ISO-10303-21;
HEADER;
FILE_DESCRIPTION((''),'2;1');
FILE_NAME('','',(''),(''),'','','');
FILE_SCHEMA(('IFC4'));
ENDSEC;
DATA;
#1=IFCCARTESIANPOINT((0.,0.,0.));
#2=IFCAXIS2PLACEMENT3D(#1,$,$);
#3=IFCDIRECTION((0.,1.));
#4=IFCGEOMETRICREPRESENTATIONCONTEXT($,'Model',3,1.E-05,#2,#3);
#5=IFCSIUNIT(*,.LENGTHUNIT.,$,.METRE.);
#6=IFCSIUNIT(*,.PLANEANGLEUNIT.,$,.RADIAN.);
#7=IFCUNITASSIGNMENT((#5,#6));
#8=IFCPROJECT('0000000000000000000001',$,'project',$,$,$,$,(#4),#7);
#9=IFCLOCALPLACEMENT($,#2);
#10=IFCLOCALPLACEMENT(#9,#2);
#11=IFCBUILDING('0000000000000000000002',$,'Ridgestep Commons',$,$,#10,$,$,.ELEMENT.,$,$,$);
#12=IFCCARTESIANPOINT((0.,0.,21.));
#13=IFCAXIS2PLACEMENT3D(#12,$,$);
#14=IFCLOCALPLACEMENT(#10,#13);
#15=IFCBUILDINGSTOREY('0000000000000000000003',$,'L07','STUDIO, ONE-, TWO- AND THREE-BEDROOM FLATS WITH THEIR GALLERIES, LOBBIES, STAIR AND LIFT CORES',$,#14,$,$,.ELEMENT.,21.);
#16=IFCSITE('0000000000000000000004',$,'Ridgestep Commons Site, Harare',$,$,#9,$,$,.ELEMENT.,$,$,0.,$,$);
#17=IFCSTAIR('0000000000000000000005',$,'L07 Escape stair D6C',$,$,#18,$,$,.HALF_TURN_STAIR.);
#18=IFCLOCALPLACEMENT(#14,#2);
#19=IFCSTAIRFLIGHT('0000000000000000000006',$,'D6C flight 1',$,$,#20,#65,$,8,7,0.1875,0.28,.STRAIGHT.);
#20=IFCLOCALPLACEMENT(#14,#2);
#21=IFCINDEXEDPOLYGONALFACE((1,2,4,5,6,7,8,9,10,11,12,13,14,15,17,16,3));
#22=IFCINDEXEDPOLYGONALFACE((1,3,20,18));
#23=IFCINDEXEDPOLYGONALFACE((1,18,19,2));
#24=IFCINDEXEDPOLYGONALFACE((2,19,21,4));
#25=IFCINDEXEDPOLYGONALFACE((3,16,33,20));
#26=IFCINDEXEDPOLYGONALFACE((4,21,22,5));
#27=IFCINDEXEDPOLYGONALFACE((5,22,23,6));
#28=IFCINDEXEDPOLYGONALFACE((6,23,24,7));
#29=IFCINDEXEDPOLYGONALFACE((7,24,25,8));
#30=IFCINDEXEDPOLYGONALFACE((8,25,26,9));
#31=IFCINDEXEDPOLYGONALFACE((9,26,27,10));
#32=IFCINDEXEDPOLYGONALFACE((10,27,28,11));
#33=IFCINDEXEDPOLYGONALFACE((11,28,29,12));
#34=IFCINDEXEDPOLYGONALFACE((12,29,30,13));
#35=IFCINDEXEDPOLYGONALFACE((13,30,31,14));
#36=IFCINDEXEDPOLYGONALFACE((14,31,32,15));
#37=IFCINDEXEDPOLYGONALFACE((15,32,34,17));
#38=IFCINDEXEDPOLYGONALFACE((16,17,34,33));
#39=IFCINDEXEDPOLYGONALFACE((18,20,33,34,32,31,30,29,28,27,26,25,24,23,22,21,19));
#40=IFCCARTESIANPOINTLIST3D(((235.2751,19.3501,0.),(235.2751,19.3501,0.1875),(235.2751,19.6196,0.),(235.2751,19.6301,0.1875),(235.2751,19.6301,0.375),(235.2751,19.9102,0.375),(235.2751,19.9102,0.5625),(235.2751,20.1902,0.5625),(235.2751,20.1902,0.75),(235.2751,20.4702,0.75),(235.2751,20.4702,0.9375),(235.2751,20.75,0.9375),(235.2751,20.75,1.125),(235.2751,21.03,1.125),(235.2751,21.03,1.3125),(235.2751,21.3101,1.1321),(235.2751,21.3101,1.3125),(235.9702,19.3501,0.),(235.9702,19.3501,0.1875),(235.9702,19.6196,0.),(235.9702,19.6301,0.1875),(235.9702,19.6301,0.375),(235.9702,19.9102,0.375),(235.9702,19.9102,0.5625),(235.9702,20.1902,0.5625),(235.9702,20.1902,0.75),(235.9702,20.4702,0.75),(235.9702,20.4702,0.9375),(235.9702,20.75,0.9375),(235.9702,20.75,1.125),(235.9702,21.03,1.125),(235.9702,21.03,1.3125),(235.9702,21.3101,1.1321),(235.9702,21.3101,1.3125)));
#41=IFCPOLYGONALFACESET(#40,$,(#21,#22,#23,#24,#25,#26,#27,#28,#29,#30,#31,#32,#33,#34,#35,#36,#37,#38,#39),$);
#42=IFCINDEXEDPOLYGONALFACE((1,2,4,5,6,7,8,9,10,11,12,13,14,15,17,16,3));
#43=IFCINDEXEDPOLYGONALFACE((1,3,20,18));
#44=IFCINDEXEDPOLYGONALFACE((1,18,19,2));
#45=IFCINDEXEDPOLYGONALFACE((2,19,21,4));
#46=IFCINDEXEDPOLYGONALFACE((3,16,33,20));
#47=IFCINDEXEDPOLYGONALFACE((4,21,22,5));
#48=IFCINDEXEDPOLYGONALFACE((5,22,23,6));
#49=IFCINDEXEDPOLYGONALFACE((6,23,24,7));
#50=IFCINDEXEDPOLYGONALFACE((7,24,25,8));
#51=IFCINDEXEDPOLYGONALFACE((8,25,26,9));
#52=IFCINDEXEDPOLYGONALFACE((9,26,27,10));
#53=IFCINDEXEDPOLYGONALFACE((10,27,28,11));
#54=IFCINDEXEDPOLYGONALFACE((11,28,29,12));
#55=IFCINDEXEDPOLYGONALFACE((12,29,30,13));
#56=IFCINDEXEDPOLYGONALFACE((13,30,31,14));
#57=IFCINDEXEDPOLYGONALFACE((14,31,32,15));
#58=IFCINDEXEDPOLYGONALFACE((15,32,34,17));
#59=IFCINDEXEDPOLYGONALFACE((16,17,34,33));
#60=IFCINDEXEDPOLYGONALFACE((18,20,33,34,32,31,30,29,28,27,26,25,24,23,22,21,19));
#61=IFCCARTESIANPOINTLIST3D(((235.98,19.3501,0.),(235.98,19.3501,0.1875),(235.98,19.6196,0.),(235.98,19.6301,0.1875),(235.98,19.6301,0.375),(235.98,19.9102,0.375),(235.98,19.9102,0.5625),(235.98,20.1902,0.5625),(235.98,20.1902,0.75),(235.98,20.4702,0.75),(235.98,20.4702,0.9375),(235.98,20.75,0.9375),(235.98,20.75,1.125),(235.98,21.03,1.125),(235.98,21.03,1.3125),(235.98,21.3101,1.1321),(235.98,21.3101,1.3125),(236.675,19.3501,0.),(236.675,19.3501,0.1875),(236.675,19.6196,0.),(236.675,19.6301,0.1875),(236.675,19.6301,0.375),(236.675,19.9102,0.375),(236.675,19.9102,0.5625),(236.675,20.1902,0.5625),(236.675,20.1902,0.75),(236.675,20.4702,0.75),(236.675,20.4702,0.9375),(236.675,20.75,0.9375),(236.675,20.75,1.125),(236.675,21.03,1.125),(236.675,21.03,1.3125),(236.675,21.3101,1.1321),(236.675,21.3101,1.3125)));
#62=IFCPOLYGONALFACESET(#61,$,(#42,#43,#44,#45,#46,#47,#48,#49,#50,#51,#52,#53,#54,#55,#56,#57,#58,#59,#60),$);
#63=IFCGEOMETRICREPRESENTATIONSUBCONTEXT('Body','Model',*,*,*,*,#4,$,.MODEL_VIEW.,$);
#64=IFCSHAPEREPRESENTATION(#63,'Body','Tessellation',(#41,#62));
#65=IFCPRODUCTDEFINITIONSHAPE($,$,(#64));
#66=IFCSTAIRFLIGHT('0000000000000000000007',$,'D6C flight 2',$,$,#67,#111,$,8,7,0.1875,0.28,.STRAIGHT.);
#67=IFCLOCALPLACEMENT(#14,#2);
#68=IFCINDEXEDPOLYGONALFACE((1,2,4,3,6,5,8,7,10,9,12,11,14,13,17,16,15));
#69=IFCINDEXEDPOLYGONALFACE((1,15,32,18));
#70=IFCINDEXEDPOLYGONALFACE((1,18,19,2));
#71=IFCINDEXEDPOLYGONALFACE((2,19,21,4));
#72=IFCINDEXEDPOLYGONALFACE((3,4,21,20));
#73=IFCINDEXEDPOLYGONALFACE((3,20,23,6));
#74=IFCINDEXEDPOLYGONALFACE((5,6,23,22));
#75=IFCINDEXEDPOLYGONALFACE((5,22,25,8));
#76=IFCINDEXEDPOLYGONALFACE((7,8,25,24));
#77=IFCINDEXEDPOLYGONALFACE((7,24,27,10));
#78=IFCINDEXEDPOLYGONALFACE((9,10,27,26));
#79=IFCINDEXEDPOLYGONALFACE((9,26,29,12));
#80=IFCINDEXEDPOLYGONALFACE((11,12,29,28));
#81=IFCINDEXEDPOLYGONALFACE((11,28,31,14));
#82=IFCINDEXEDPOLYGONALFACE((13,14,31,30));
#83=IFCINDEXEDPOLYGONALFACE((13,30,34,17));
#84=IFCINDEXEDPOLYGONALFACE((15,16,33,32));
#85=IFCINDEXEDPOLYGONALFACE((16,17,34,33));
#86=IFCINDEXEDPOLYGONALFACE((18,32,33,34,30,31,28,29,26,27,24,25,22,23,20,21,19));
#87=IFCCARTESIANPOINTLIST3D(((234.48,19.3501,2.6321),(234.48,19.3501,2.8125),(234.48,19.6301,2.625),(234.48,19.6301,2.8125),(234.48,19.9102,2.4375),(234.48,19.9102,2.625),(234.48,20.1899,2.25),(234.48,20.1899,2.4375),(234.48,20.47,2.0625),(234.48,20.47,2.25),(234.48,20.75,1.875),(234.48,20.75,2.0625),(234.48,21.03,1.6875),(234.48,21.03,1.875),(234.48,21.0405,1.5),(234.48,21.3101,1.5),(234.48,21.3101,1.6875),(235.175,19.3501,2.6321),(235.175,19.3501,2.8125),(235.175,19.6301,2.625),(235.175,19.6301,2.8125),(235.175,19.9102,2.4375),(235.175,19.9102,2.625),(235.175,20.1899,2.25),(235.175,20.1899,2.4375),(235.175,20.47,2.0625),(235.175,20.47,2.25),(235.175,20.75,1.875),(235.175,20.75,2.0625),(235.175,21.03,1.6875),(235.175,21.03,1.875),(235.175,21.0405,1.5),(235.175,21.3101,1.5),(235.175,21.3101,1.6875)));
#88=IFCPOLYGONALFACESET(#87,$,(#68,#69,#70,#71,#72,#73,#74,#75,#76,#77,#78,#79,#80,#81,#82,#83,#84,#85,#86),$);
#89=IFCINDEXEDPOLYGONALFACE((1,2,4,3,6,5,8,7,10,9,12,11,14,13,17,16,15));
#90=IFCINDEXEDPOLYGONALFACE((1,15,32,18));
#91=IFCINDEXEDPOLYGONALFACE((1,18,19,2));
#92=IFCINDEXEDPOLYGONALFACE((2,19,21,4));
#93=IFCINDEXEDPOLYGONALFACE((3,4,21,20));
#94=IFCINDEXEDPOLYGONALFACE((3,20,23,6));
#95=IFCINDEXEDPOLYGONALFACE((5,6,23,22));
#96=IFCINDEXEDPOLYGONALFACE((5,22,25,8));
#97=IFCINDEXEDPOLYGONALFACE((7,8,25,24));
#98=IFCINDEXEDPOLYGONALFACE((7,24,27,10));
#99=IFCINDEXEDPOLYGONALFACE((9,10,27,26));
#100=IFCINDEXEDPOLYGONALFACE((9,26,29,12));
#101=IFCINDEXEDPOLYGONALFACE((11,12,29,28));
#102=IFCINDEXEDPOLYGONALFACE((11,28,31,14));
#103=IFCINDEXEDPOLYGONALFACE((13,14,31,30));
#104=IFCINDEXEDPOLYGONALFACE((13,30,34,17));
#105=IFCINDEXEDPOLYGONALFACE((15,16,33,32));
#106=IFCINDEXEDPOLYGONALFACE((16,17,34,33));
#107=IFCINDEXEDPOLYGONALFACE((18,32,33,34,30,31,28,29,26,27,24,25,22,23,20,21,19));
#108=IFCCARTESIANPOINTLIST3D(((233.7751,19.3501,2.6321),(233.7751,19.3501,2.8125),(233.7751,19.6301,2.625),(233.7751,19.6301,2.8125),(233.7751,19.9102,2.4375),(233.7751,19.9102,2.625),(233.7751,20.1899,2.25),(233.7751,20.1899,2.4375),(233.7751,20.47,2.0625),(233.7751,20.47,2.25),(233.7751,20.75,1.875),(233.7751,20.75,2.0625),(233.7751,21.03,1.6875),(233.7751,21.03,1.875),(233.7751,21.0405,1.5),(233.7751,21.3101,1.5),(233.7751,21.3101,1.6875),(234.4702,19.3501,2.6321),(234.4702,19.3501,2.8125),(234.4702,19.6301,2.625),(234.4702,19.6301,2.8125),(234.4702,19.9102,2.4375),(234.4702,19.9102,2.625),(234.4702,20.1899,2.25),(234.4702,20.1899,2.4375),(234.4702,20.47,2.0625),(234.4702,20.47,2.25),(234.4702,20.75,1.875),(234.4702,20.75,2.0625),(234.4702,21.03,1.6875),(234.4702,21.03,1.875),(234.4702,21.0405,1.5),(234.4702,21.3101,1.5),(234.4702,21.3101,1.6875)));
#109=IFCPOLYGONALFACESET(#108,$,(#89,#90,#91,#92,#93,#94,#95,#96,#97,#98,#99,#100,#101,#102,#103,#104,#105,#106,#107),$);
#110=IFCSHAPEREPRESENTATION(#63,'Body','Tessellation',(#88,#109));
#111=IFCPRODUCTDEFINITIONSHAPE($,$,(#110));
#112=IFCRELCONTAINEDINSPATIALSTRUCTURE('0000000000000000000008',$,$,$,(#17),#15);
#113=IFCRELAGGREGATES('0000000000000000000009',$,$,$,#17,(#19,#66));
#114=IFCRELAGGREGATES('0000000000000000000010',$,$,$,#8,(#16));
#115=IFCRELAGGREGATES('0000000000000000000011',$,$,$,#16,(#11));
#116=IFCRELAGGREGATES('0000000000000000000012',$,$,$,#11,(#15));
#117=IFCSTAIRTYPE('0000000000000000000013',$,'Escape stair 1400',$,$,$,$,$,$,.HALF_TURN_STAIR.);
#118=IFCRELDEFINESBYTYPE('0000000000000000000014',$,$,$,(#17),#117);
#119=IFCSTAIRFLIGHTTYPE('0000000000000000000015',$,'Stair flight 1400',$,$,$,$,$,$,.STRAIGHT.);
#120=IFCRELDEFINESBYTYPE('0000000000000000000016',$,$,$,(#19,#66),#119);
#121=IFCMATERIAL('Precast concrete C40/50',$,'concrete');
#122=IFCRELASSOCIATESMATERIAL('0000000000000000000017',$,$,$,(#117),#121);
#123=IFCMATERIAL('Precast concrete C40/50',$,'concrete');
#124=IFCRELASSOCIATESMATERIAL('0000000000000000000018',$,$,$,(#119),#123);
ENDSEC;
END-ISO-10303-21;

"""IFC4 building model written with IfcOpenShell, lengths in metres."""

from ifc_helpers import new_model, si_unit, direction, frame, origin, place, context, subcontext, project, spatial, polyline, outline, extrude, material, type_object, element, aggregate, save


model = new_model("IFC4")

# Units and contexts
model_context = context("Model", 3, precision=1e-05, world=origin(), true_north=direction((0.0, 1.0)))
body_context = subcontext(model_context, "Body", "Model", "MODEL_VIEW")
ifc_project = project(units=[si_unit("LENGTHUNIT", "METRE"), si_unit("PLANEANGLEUNIT", "RADIAN")], contexts=[model_context])

# Site, building, storey
site_placement = place(None, origin())
site = spatial("IfcSite", under=ifc_project, at=site_placement, Name="Ridgestep Commons Site, Harare", CompositionType="ELEMENT", RefElevation=0.0)
building_placement = place(site_placement, origin())
building = spatial("IfcBuilding", under=site, at=building_placement, Name="Ridgestep Commons", CompositionType="ELEMENT")
storey_placement = place(building_placement, frame((0.0, 0.0, 21.0)))
storey = spatial("IfcBuildingStorey", under=building, at=storey_placement, Name="L07", Description="STUDIO, ONE-, TWO- AND THREE-BEDROOM FLATS WITH THEIR GALLERIES, LOBBIES, STAIR AND LIFT CORES", CompositionType="ELEMENT", Elevation=21.0)

# Stair, stair flights
ifc_material_1 = material(Name="Precast concrete C40/50", Category="concrete")
stair_type = type_object("IfcStairType", Name="Escape stair 1400", PredefinedType="HALF_TURN_STAIR", material=ifc_material_1)
stair_placement = place(storey_placement, origin())
stair = element("IfcStair", 1, at=stair_placement, inside=storey, type_object=stair_type, Name="L07 Escape stair D6C", PredefinedType="HALF_TURN_STAIR")
ifc_material_2 = material(Name="Precast concrete C40/50", Category="concrete")
stair_flight_type = type_object("IfcStairFlightType", Name="Stair flight 1400", PredefinedType="STRAIGHT", material=ifc_material_2)
stair_flight_1_placement = place(storey_placement, frame((235.9751, 19.3501, 0.0), z_axis=(0.0, 0.0, 1.0), x_axis=(0.0, 1.0, 0.0)))
stair_flight_1 = element("IfcStairFlight", 2, at=stair_flight_1_placement, type_object=stair_flight_type, Name="D6C flight 1", NumberOfRisers=8, NumberOfTreads=7, PredefinedType="STRAIGHT", RiserHeight=0.1875, TreadLength=0.28, context=body_context, shape_type="SweptSolid", body=[
    extrude(outline(polyline([(0.0, 0.0), (0.0, 0.1875), (0.28, 0.1875), (0.28, 0.375), (0.5601, 0.375), (0.5601, 0.5625), (0.8401, 0.5625), (0.8401, 0.75), (1.1201, 0.75), (1.1201, 0.9375), (1.3999, 0.9375), (1.3999, 1.125), (1.6799, 1.125), (1.6799, 1.3125), (1.96, 1.3125), (1.96, 1.5), (1.96, 1.1321), (0.2695, 0.0), (0.0, 0.0)])), frame((0.0, 0.7, 0.0), z_axis=(0.0, -1.0, 0.0), x_axis=(1.0, 0.0, 0.0)), (0.0, 0.0, 1.0), 0.6951),
    extrude(outline(polyline([(0.0, 0.0), (0.0, 0.1875), (0.28, 0.1875), (0.28, 0.375), (0.5601, 0.375), (0.5601, 0.5625), (0.8401, 0.5625), (0.8401, 0.75), (1.1201, 0.75), (1.1201, 0.9375), (1.3999, 0.9375), (1.3999, 1.125), (1.6799, 1.125), (1.6799, 1.3125), (1.96, 1.3125), (1.96, 1.5), (1.96, 1.1321), (0.2695, 0.0), (0.0, 0.0)])), frame((0.0, -0.0049, 0.0), z_axis=(0.0, -1.0, 0.0), x_axis=(1.0, 0.0, 0.0)), (0.0, 0.0, 1.0), 0.6951),
])
stair_flight_2_placement = place(storey_placement, frame((234.4751, 21.3101, 1.5), z_axis=(0.0, 0.0, 1.0), x_axis=(0.0, -1.0, 0.0)))
stair_flight_2 = element("IfcStairFlight", 3, at=stair_flight_2_placement, type_object=stair_flight_type, Name="D6C flight 2", NumberOfRisers=8, NumberOfTreads=7, PredefinedType="STRAIGHT", RiserHeight=0.1875, TreadLength=0.28, context=body_context, shape_type="SweptSolid", body=[
    extrude(outline(polyline([(0.0, 0.0), (0.0, 0.1875), (0.28, 0.1875), (0.28, 0.375), (0.5601, 0.375), (0.5601, 0.5625), (0.8401, 0.5625), (0.8401, 0.75), (1.1201, 0.75), (1.1201, 0.9375), (1.3999, 0.9375), (1.3999, 1.125), (1.6799, 1.125), (1.6799, 1.3125), (1.96, 1.3125), (1.96, 1.5), (1.96, 1.1321), (0.2695, 0.0), (0.0, 0.0)])), frame((0.0, 0.7, 0.0), z_axis=(0.0, -1.0, 0.0), x_axis=(1.0, 0.0, 0.0)), (0.0, 0.0, 1.0), 0.6951),
    extrude(outline(polyline([(0.0, 0.0), (0.0, 0.1875), (0.28, 0.1875), (0.28, 0.375), (0.5601, 0.375), (0.5601, 0.5625), (0.8401, 0.5625), (0.8401, 0.75), (1.1201, 0.75), (1.1201, 0.9375), (1.3999, 0.9375), (1.3999, 1.125), (1.6799, 1.125), (1.6799, 1.3125), (1.96, 1.3125), (1.96, 1.5), (1.96, 1.1321), (0.2695, 0.0), (0.0, 0.0)])), frame((0.0, -0.0049, 0.0), z_axis=(0.0, -1.0, 0.0), x_axis=(1.0, 0.0, 0.0)), (0.0, 0.0, 1.0), 0.6951),
])
aggregate(stair, [stair_flight_1, stair_flight_2])

save(model, "model.ifc")
